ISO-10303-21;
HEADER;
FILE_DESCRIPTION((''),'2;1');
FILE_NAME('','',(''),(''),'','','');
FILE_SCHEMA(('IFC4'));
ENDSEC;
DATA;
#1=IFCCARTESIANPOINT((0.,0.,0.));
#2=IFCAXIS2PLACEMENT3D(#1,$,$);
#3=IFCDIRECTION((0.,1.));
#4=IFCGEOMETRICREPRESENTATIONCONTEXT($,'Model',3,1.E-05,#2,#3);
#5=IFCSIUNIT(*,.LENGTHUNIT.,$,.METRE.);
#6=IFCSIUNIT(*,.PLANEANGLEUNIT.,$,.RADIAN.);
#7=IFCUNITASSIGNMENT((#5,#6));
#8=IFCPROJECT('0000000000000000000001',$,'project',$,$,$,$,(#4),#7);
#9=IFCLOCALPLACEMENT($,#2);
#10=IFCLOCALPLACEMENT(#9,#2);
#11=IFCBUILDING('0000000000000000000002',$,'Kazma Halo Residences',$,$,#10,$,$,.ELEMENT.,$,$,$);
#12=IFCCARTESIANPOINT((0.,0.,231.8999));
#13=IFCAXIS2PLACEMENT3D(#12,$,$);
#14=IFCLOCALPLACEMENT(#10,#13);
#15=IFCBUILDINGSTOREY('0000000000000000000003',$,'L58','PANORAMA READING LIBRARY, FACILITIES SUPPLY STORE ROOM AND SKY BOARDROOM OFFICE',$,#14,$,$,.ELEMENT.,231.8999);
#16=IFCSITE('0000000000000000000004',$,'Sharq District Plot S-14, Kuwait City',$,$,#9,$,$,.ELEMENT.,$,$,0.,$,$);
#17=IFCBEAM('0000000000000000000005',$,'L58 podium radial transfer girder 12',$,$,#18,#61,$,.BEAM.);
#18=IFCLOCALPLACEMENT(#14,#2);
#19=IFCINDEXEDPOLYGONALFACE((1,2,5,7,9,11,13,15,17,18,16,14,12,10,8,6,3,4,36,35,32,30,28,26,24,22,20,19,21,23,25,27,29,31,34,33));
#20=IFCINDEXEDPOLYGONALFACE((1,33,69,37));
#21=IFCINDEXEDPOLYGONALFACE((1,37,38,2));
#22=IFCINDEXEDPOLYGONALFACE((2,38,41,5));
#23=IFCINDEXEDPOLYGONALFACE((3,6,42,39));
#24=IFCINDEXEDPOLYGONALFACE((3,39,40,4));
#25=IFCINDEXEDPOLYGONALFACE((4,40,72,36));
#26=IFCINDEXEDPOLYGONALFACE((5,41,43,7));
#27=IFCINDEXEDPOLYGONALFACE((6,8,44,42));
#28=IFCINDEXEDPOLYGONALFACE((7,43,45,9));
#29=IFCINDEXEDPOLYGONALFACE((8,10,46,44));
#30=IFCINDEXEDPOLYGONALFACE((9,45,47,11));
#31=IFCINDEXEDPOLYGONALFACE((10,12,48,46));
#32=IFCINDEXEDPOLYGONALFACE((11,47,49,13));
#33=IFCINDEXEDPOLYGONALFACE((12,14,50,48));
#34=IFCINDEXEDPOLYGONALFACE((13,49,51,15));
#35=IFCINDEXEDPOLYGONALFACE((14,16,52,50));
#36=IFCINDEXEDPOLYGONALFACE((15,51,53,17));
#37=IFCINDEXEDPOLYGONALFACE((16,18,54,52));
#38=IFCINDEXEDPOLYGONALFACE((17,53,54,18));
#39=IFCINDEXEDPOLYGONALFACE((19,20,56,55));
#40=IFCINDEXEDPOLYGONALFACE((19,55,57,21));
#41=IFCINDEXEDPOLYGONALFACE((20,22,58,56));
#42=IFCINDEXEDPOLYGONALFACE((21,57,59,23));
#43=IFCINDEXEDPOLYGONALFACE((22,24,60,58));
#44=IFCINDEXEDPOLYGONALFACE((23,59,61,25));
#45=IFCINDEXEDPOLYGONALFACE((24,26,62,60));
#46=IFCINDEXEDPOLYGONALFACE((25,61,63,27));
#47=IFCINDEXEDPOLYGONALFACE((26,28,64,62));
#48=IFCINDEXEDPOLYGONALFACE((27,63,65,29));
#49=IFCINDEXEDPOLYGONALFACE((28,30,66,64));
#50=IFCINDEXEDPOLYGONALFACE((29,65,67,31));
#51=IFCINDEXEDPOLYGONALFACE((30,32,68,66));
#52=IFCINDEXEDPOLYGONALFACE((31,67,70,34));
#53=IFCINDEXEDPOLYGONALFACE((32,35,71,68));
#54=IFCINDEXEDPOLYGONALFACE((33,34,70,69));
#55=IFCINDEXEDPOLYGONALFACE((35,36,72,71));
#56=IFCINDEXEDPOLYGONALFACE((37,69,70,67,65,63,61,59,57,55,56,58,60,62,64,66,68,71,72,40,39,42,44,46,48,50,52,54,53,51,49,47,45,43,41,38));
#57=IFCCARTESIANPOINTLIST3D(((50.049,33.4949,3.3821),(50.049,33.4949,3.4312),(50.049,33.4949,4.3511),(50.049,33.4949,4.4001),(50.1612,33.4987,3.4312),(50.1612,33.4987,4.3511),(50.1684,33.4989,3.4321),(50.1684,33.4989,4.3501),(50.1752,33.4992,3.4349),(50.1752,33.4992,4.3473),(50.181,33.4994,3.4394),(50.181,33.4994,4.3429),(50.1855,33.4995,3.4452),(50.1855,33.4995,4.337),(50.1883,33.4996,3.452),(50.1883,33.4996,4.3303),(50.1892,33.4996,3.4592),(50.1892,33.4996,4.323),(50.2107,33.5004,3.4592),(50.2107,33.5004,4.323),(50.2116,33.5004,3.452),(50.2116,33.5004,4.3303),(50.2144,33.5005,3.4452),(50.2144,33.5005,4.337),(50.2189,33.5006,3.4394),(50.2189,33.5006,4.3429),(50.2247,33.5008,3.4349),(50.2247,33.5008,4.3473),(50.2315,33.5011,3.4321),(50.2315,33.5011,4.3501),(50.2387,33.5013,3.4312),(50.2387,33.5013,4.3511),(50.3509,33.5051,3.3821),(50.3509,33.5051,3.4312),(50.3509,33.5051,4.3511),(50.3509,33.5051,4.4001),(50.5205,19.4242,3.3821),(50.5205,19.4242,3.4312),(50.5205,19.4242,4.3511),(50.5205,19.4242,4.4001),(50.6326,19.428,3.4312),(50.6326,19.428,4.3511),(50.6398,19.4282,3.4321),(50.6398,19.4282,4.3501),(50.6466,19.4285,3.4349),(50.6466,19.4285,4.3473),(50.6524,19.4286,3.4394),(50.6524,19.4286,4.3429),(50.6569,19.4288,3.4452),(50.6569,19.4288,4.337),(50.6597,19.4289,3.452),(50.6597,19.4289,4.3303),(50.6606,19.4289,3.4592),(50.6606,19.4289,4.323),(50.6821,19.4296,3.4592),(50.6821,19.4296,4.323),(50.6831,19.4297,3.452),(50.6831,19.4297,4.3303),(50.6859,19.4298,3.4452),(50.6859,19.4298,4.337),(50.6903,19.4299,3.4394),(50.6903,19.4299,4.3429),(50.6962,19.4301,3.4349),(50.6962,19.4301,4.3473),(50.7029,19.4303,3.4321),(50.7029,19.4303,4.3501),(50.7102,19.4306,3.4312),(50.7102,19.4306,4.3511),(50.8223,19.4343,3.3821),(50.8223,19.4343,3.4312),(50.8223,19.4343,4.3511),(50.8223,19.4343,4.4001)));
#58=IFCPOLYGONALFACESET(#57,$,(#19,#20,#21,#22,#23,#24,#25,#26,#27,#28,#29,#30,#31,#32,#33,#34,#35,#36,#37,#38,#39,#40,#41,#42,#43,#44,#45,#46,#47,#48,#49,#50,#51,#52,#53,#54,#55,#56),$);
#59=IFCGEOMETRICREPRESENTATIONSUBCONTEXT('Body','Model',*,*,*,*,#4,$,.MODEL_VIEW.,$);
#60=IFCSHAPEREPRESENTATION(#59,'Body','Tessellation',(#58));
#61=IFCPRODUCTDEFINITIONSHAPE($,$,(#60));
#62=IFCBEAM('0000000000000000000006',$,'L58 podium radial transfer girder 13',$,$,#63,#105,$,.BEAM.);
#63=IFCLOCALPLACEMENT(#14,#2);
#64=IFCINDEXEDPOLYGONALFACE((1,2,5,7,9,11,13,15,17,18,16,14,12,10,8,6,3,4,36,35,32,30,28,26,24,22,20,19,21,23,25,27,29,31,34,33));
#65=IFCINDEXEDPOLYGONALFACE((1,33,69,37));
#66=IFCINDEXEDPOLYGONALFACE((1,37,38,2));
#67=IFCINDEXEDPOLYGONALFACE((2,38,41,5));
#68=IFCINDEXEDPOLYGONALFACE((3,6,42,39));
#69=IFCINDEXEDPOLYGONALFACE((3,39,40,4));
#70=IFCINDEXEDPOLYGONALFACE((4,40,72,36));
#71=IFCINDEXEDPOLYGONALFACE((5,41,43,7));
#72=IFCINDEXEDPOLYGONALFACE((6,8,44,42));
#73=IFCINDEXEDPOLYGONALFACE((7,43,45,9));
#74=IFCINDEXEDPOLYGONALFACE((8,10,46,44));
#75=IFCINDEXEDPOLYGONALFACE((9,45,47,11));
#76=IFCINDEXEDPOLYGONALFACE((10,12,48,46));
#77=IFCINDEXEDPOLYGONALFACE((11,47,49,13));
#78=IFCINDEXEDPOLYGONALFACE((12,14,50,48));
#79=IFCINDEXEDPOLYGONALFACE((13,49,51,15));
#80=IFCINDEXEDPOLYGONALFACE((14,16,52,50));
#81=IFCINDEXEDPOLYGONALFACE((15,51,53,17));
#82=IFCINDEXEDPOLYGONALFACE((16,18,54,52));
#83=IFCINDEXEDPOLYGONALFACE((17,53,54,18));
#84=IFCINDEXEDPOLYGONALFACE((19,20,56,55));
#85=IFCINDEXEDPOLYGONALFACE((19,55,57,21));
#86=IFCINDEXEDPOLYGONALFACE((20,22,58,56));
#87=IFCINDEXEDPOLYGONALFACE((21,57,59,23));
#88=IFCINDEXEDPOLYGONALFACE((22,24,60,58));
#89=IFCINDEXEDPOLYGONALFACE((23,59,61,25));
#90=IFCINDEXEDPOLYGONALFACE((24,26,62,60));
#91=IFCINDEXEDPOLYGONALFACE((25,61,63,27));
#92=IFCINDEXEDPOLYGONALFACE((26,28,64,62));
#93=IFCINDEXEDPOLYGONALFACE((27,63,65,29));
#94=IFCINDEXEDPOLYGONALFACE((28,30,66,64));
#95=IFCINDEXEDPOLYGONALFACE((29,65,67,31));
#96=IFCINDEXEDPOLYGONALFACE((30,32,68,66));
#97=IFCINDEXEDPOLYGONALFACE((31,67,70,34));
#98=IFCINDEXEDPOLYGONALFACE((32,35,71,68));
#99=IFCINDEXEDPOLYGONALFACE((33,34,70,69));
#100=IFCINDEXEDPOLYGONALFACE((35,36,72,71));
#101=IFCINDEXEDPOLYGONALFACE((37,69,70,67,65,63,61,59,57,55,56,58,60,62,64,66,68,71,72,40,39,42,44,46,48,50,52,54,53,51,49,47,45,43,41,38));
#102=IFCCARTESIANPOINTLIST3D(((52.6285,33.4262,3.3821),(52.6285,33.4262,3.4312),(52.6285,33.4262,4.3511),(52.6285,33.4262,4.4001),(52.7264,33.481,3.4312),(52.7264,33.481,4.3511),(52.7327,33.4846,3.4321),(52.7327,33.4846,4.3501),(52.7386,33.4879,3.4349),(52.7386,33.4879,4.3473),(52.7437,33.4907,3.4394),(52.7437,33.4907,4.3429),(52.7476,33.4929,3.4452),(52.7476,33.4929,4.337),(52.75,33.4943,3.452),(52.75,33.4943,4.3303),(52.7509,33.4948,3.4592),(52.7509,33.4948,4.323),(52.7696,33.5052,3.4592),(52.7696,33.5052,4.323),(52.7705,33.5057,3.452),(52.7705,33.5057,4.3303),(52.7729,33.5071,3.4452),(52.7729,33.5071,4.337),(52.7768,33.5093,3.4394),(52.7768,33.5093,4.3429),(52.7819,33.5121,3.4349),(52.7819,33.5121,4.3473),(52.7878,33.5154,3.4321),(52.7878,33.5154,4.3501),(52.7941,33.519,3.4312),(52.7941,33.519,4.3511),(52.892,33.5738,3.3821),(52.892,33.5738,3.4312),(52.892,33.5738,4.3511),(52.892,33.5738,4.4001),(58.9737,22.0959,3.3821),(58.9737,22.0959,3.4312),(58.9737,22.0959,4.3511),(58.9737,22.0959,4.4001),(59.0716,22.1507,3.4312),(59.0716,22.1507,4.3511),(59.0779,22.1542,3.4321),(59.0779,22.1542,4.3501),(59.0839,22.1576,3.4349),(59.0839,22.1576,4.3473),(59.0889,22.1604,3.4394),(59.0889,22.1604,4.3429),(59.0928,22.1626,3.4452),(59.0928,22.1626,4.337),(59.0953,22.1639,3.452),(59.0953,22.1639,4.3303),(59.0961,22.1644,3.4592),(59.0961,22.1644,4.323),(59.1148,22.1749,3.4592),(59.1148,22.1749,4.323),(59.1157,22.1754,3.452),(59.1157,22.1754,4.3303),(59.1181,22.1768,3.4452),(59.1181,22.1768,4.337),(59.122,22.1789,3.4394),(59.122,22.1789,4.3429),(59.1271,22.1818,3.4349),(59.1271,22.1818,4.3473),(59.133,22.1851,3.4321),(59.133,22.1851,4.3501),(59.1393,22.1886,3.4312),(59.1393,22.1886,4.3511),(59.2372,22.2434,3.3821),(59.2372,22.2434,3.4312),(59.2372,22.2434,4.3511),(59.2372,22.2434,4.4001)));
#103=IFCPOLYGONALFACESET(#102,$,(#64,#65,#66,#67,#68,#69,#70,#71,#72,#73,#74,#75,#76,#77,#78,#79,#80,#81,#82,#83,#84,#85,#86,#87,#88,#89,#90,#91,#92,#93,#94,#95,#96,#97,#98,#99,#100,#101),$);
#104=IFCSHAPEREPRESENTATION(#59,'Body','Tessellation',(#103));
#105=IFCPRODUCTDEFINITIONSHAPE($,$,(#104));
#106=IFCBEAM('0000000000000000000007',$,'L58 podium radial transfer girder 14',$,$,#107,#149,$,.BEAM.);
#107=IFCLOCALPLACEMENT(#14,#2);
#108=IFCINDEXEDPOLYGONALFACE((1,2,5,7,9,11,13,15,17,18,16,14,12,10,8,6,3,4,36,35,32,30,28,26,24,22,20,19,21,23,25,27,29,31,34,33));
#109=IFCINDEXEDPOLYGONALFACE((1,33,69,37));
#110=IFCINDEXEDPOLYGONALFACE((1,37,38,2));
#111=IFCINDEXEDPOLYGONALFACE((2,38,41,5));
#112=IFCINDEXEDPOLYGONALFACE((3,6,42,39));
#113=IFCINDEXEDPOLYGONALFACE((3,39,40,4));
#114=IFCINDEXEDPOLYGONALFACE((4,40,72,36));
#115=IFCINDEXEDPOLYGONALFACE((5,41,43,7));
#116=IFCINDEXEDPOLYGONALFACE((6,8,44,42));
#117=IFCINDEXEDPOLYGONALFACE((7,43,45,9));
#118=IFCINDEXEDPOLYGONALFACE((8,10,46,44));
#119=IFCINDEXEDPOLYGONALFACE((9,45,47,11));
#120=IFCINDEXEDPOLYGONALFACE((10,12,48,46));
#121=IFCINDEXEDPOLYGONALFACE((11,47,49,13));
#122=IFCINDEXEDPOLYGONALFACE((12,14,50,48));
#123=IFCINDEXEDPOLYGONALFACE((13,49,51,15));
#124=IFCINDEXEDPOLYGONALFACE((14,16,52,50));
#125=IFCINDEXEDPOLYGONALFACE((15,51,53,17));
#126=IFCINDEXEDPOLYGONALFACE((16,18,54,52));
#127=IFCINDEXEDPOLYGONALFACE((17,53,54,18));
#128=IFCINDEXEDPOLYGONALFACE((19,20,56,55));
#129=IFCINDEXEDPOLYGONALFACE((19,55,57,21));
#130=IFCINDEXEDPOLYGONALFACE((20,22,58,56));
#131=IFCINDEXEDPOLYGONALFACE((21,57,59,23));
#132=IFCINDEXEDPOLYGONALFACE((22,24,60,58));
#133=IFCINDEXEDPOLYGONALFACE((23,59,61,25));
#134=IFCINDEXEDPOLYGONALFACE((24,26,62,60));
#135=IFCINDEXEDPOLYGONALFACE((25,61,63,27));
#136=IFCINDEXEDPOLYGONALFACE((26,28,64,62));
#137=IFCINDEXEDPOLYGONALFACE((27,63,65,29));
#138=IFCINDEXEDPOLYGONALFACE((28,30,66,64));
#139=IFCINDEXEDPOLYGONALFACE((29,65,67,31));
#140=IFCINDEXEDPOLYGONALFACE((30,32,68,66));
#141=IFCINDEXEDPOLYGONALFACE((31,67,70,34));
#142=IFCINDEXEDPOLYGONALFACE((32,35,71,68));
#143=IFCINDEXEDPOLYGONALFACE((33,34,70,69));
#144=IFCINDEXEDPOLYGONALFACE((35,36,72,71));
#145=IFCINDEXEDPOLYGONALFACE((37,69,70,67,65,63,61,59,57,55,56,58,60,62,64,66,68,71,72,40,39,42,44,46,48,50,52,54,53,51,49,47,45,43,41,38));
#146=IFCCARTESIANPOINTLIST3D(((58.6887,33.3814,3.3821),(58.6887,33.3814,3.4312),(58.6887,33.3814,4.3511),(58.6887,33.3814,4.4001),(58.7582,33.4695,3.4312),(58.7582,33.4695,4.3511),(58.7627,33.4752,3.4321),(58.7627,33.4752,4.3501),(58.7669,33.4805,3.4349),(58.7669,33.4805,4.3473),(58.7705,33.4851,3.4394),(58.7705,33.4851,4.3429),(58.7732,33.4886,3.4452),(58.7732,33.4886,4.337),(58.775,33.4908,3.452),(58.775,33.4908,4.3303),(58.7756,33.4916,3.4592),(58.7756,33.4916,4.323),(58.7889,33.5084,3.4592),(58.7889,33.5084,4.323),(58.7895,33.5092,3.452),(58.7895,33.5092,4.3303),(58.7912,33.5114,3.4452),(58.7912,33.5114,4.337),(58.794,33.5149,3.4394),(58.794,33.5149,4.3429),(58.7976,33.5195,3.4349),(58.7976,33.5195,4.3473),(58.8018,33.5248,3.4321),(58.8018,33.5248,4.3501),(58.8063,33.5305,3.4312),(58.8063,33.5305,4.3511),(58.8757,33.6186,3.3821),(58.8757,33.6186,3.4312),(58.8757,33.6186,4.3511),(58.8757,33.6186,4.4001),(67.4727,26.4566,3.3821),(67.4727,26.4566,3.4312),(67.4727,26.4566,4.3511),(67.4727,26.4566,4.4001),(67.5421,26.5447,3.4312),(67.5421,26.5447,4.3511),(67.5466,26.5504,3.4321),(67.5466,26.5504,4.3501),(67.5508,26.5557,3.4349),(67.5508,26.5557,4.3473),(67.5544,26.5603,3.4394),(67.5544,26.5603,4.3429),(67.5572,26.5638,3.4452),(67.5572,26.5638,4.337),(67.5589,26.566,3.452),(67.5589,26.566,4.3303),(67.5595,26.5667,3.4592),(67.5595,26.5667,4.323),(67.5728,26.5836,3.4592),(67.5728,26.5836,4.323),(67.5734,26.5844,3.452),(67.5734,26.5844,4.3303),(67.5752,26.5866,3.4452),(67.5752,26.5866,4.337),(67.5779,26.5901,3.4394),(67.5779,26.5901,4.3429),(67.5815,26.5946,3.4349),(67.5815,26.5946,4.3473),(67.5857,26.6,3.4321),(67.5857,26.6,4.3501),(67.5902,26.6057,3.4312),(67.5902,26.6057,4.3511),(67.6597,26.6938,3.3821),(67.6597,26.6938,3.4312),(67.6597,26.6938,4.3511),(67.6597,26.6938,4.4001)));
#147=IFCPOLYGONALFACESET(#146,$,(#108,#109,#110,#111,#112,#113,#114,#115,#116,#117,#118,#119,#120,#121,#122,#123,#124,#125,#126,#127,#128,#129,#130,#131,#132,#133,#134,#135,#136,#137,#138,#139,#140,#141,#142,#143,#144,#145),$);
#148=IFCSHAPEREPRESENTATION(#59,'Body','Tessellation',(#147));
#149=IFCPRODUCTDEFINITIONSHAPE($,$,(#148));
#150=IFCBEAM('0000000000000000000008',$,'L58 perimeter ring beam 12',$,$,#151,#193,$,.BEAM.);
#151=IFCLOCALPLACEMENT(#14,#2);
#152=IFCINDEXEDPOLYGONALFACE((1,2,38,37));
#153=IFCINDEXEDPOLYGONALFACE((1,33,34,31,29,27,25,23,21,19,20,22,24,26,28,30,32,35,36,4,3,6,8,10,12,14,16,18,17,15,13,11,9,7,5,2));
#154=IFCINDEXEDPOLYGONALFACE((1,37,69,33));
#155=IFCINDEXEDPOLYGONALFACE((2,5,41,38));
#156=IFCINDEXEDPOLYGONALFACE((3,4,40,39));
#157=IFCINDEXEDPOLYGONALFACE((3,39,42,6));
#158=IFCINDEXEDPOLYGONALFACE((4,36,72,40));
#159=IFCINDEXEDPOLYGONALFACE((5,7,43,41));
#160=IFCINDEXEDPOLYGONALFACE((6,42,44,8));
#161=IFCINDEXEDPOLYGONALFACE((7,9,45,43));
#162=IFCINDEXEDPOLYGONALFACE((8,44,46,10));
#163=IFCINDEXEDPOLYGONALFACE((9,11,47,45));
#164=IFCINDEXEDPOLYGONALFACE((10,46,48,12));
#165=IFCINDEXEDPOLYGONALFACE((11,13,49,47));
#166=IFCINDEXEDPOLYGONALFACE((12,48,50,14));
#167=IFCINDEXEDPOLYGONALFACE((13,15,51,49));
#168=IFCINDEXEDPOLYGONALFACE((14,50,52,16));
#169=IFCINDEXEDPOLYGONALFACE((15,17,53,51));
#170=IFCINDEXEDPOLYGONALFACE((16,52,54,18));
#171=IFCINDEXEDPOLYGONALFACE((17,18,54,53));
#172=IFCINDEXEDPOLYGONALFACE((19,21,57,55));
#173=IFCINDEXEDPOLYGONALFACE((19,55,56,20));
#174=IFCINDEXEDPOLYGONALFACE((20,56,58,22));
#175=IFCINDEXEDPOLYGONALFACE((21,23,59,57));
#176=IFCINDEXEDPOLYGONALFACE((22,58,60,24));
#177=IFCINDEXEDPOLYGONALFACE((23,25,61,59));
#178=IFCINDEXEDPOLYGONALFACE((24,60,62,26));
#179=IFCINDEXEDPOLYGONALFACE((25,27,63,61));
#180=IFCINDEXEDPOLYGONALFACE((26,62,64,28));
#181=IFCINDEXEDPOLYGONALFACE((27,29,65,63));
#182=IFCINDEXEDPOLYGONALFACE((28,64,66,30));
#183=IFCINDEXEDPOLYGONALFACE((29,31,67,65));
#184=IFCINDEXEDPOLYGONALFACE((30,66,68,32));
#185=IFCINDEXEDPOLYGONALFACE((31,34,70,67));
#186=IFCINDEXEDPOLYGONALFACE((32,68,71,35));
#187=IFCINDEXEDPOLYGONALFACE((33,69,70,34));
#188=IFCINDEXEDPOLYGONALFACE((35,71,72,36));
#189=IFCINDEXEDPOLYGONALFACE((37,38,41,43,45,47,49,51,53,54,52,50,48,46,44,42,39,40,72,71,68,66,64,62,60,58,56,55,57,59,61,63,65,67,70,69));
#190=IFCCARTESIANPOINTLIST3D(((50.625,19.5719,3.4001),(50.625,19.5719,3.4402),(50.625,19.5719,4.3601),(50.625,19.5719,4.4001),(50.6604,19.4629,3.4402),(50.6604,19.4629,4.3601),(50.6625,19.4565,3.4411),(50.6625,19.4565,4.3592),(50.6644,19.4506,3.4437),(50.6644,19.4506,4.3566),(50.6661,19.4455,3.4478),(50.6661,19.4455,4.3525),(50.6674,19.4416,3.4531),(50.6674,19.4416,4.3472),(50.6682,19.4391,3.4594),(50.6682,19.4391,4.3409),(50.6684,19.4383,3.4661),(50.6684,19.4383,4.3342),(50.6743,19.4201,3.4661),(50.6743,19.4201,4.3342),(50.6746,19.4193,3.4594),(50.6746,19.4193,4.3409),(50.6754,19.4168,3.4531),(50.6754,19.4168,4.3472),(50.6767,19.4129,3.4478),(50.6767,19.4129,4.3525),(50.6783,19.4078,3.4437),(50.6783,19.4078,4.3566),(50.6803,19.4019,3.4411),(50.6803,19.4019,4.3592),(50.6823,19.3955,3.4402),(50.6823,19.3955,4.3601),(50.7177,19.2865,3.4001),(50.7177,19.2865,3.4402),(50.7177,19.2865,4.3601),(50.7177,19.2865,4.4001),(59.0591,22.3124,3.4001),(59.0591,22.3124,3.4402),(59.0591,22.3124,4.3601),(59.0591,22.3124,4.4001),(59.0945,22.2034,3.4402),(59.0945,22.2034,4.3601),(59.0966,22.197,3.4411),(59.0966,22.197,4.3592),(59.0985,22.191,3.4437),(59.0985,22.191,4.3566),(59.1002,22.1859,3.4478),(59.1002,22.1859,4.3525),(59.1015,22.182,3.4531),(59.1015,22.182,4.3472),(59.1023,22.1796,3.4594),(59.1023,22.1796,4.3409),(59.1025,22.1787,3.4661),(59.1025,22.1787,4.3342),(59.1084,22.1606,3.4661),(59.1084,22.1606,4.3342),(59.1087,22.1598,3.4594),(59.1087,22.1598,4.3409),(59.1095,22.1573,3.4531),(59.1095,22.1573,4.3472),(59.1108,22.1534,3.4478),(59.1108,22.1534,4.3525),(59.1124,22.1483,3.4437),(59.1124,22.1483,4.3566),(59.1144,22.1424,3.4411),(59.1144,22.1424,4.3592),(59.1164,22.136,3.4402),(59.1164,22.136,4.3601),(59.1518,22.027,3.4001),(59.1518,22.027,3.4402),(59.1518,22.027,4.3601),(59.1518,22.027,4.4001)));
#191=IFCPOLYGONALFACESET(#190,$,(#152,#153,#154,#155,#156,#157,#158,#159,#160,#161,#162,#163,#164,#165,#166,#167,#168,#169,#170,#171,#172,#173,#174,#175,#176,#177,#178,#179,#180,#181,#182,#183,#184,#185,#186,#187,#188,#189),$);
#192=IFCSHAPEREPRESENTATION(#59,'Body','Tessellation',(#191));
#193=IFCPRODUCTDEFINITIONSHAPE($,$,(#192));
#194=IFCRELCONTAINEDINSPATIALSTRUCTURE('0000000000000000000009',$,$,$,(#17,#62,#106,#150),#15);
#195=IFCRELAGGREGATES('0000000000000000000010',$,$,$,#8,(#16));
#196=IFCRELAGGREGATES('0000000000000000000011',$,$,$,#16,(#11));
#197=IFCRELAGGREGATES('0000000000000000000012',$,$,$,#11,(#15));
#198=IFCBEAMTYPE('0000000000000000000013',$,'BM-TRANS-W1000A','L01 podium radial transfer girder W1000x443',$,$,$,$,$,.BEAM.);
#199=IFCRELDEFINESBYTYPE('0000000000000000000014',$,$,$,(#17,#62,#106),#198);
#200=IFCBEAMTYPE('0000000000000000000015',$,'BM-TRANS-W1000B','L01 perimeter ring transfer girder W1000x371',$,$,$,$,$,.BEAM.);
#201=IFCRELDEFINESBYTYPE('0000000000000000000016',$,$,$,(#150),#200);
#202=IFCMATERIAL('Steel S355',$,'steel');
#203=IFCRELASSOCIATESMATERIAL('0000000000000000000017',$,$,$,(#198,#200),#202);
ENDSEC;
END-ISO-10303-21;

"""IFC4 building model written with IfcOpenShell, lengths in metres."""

from ifc_helpers import new_model, si_unit, direction, frame, origin, origin_2d, place, context, subcontext, project, spatial, i_section, extrude, material, material_profile, profile_set, type_object, element, save


model = new_model("IFC4")

# Units and contexts
model_context = context("Model", 3, precision=1e-05, world=origin(), true_north=direction((0.0, 1.0)))
body_context = subcontext(model_context, "Body", "Model", "MODEL_VIEW")
ifc_project = project(units=[si_unit("LENGTHUNIT", "METRE"), si_unit("PLANEANGLEUNIT", "RADIAN")], contexts=[model_context])

# Site, building, storey
site_placement = place(None, origin())
site = spatial("IfcSite", under=ifc_project, at=site_placement, Name="Sharq District Plot S-14, Kuwait City", CompositionType="ELEMENT", RefElevation=0.0)
building_placement = place(site_placement, origin())
building = spatial("IfcBuilding", under=site, at=building_placement, Name="Kazma Halo Residences", CompositionType="ELEMENT")
storey_placement = place(building_placement, frame((0.0, 0.0, 231.8999)))
storey = spatial("IfcBuildingStorey", under=building, at=storey_placement, Name="L58", Description="PANORAMA READING LIBRARY, FACILITIES SUPPLY STORE ROOM AND SKY BOARDROOM OFFICE", CompositionType="ELEMENT", Elevation=231.8999)

# Beams
ifc_material_1 = material(Name="Steel S355", Category="steel")
ifc_material_profile_1 = material_profile(ifc_material_1, i_section(OverallWidth=0.302, OverallDepth=1.0181, WebThickness=0.0215, FlangeThickness=0.0491, FilletRadius=0.0281, at=origin_2d()), Name="W1000x443")
ifc_profile_set_1 = profile_set([ifc_material_profile_1], Name="Steel S355")
beam_type_1 = type_object("IfcBeamType", Name="BM-TRANS-W1000A", Description="L01 podium radial transfer girder W1000x443", PredefinedType="BEAM", material=ifc_profile_set_1)
beam_1_placement = place(storey_placement, frame((50.2, 33.5, 3.8911), z_axis=(0.033486, -0.999439, 0.0), x_axis=(0.999439, 0.033486, 0.0)))
element("IfcBeam", 1, at=beam_1_placement, inside=storey, type_object=beam_type_1, Name="L58 podium radial transfer girder 12", PredefinedType="BEAM", context=body_context, shape_type="SweptSolid", body=[
    extrude(i_section(OverallWidth=0.302, OverallDepth=1.0181, WebThickness=0.0215, FlangeThickness=0.0491, FilletRadius=0.0281, at=origin_2d()), origin(), (0.0, 0.0, 1.0), 14.0786),
])
beam_2_placement = place(storey_placement, frame((52.7603, 33.5, 3.8911), z_axis=(0.488617, -0.872498, 0.0), x_axis=(0.872498, 0.488617, 0.0)))
element("IfcBeam", 2, at=beam_2_placement, inside=storey, type_object=beam_type_1, Name="L58 podium radial transfer girder 13", PredefinedType="BEAM", context=body_context, shape_type="SweptSolid", body=[
    extrude(i_section(OverallWidth=0.302, OverallDepth=1.0181, WebThickness=0.0215, FlangeThickness=0.0491, FilletRadius=0.0281, at=origin_2d()), origin(), (0.0, 0.0, 1.0), 12.9861),
])
beam_3_placement = place(storey_placement, frame((58.7822, 33.5, 3.8911), z_axis=(0.785312, -0.6191, 0.0), x_axis=(0.6191, 0.785312, 0.0)))
element("IfcBeam", 3, at=beam_3_placement, inside=storey, type_object=beam_type_1, Name="L58 podium radial transfer girder 14", PredefinedType="BEAM", context=body_context, shape_type="SweptSolid", body=[
    extrude(i_section(OverallWidth=0.302, OverallDepth=1.0181, WebThickness=0.0215, FlangeThickness=0.0491, FilletRadius=0.0281, at=origin_2d()), origin(), (0.0, 0.0, 1.0), 11.1853),
])
ifc_material_profile_2 = material_profile(ifc_material_1, i_section(OverallWidth=0.3, OverallDepth=1.0, WebThickness=0.019, FlangeThickness=0.04, FilletRadius=0.0259, at=origin_2d()), Name="W1000x371")
ifc_profile_set_2 = profile_set([ifc_material_profile_2], Name="Steel S355")
beam_type_2 = type_object("IfcBeamType", Name="BM-TRANS-W1000B", Description="L01 perimeter ring transfer girder W1000x371", PredefinedType="BEAM", material=ifc_profile_set_2)
beam_4_placement = place(storey_placement, frame((50.6714, 19.4292, 3.9001), z_axis=(0.951054, 0.309025, 0.0), x_axis=(-0.309025, 0.951054, 0.0)))
element("IfcBeam", 4, at=beam_4_placement, inside=storey, type_object=beam_type_2, Name="L58 perimeter ring beam 12", PredefinedType="BEAM", context=body_context, shape_type="SweptSolid", body=[
    extrude(i_section(OverallWidth=0.3, OverallDepth=1.0, WebThickness=0.019, FlangeThickness=0.04, FilletRadius=0.0259, at=origin_2d()), origin(), (0.0, 0.0, 1.0), 8.8682),
])

save(model, "model.ifc")
